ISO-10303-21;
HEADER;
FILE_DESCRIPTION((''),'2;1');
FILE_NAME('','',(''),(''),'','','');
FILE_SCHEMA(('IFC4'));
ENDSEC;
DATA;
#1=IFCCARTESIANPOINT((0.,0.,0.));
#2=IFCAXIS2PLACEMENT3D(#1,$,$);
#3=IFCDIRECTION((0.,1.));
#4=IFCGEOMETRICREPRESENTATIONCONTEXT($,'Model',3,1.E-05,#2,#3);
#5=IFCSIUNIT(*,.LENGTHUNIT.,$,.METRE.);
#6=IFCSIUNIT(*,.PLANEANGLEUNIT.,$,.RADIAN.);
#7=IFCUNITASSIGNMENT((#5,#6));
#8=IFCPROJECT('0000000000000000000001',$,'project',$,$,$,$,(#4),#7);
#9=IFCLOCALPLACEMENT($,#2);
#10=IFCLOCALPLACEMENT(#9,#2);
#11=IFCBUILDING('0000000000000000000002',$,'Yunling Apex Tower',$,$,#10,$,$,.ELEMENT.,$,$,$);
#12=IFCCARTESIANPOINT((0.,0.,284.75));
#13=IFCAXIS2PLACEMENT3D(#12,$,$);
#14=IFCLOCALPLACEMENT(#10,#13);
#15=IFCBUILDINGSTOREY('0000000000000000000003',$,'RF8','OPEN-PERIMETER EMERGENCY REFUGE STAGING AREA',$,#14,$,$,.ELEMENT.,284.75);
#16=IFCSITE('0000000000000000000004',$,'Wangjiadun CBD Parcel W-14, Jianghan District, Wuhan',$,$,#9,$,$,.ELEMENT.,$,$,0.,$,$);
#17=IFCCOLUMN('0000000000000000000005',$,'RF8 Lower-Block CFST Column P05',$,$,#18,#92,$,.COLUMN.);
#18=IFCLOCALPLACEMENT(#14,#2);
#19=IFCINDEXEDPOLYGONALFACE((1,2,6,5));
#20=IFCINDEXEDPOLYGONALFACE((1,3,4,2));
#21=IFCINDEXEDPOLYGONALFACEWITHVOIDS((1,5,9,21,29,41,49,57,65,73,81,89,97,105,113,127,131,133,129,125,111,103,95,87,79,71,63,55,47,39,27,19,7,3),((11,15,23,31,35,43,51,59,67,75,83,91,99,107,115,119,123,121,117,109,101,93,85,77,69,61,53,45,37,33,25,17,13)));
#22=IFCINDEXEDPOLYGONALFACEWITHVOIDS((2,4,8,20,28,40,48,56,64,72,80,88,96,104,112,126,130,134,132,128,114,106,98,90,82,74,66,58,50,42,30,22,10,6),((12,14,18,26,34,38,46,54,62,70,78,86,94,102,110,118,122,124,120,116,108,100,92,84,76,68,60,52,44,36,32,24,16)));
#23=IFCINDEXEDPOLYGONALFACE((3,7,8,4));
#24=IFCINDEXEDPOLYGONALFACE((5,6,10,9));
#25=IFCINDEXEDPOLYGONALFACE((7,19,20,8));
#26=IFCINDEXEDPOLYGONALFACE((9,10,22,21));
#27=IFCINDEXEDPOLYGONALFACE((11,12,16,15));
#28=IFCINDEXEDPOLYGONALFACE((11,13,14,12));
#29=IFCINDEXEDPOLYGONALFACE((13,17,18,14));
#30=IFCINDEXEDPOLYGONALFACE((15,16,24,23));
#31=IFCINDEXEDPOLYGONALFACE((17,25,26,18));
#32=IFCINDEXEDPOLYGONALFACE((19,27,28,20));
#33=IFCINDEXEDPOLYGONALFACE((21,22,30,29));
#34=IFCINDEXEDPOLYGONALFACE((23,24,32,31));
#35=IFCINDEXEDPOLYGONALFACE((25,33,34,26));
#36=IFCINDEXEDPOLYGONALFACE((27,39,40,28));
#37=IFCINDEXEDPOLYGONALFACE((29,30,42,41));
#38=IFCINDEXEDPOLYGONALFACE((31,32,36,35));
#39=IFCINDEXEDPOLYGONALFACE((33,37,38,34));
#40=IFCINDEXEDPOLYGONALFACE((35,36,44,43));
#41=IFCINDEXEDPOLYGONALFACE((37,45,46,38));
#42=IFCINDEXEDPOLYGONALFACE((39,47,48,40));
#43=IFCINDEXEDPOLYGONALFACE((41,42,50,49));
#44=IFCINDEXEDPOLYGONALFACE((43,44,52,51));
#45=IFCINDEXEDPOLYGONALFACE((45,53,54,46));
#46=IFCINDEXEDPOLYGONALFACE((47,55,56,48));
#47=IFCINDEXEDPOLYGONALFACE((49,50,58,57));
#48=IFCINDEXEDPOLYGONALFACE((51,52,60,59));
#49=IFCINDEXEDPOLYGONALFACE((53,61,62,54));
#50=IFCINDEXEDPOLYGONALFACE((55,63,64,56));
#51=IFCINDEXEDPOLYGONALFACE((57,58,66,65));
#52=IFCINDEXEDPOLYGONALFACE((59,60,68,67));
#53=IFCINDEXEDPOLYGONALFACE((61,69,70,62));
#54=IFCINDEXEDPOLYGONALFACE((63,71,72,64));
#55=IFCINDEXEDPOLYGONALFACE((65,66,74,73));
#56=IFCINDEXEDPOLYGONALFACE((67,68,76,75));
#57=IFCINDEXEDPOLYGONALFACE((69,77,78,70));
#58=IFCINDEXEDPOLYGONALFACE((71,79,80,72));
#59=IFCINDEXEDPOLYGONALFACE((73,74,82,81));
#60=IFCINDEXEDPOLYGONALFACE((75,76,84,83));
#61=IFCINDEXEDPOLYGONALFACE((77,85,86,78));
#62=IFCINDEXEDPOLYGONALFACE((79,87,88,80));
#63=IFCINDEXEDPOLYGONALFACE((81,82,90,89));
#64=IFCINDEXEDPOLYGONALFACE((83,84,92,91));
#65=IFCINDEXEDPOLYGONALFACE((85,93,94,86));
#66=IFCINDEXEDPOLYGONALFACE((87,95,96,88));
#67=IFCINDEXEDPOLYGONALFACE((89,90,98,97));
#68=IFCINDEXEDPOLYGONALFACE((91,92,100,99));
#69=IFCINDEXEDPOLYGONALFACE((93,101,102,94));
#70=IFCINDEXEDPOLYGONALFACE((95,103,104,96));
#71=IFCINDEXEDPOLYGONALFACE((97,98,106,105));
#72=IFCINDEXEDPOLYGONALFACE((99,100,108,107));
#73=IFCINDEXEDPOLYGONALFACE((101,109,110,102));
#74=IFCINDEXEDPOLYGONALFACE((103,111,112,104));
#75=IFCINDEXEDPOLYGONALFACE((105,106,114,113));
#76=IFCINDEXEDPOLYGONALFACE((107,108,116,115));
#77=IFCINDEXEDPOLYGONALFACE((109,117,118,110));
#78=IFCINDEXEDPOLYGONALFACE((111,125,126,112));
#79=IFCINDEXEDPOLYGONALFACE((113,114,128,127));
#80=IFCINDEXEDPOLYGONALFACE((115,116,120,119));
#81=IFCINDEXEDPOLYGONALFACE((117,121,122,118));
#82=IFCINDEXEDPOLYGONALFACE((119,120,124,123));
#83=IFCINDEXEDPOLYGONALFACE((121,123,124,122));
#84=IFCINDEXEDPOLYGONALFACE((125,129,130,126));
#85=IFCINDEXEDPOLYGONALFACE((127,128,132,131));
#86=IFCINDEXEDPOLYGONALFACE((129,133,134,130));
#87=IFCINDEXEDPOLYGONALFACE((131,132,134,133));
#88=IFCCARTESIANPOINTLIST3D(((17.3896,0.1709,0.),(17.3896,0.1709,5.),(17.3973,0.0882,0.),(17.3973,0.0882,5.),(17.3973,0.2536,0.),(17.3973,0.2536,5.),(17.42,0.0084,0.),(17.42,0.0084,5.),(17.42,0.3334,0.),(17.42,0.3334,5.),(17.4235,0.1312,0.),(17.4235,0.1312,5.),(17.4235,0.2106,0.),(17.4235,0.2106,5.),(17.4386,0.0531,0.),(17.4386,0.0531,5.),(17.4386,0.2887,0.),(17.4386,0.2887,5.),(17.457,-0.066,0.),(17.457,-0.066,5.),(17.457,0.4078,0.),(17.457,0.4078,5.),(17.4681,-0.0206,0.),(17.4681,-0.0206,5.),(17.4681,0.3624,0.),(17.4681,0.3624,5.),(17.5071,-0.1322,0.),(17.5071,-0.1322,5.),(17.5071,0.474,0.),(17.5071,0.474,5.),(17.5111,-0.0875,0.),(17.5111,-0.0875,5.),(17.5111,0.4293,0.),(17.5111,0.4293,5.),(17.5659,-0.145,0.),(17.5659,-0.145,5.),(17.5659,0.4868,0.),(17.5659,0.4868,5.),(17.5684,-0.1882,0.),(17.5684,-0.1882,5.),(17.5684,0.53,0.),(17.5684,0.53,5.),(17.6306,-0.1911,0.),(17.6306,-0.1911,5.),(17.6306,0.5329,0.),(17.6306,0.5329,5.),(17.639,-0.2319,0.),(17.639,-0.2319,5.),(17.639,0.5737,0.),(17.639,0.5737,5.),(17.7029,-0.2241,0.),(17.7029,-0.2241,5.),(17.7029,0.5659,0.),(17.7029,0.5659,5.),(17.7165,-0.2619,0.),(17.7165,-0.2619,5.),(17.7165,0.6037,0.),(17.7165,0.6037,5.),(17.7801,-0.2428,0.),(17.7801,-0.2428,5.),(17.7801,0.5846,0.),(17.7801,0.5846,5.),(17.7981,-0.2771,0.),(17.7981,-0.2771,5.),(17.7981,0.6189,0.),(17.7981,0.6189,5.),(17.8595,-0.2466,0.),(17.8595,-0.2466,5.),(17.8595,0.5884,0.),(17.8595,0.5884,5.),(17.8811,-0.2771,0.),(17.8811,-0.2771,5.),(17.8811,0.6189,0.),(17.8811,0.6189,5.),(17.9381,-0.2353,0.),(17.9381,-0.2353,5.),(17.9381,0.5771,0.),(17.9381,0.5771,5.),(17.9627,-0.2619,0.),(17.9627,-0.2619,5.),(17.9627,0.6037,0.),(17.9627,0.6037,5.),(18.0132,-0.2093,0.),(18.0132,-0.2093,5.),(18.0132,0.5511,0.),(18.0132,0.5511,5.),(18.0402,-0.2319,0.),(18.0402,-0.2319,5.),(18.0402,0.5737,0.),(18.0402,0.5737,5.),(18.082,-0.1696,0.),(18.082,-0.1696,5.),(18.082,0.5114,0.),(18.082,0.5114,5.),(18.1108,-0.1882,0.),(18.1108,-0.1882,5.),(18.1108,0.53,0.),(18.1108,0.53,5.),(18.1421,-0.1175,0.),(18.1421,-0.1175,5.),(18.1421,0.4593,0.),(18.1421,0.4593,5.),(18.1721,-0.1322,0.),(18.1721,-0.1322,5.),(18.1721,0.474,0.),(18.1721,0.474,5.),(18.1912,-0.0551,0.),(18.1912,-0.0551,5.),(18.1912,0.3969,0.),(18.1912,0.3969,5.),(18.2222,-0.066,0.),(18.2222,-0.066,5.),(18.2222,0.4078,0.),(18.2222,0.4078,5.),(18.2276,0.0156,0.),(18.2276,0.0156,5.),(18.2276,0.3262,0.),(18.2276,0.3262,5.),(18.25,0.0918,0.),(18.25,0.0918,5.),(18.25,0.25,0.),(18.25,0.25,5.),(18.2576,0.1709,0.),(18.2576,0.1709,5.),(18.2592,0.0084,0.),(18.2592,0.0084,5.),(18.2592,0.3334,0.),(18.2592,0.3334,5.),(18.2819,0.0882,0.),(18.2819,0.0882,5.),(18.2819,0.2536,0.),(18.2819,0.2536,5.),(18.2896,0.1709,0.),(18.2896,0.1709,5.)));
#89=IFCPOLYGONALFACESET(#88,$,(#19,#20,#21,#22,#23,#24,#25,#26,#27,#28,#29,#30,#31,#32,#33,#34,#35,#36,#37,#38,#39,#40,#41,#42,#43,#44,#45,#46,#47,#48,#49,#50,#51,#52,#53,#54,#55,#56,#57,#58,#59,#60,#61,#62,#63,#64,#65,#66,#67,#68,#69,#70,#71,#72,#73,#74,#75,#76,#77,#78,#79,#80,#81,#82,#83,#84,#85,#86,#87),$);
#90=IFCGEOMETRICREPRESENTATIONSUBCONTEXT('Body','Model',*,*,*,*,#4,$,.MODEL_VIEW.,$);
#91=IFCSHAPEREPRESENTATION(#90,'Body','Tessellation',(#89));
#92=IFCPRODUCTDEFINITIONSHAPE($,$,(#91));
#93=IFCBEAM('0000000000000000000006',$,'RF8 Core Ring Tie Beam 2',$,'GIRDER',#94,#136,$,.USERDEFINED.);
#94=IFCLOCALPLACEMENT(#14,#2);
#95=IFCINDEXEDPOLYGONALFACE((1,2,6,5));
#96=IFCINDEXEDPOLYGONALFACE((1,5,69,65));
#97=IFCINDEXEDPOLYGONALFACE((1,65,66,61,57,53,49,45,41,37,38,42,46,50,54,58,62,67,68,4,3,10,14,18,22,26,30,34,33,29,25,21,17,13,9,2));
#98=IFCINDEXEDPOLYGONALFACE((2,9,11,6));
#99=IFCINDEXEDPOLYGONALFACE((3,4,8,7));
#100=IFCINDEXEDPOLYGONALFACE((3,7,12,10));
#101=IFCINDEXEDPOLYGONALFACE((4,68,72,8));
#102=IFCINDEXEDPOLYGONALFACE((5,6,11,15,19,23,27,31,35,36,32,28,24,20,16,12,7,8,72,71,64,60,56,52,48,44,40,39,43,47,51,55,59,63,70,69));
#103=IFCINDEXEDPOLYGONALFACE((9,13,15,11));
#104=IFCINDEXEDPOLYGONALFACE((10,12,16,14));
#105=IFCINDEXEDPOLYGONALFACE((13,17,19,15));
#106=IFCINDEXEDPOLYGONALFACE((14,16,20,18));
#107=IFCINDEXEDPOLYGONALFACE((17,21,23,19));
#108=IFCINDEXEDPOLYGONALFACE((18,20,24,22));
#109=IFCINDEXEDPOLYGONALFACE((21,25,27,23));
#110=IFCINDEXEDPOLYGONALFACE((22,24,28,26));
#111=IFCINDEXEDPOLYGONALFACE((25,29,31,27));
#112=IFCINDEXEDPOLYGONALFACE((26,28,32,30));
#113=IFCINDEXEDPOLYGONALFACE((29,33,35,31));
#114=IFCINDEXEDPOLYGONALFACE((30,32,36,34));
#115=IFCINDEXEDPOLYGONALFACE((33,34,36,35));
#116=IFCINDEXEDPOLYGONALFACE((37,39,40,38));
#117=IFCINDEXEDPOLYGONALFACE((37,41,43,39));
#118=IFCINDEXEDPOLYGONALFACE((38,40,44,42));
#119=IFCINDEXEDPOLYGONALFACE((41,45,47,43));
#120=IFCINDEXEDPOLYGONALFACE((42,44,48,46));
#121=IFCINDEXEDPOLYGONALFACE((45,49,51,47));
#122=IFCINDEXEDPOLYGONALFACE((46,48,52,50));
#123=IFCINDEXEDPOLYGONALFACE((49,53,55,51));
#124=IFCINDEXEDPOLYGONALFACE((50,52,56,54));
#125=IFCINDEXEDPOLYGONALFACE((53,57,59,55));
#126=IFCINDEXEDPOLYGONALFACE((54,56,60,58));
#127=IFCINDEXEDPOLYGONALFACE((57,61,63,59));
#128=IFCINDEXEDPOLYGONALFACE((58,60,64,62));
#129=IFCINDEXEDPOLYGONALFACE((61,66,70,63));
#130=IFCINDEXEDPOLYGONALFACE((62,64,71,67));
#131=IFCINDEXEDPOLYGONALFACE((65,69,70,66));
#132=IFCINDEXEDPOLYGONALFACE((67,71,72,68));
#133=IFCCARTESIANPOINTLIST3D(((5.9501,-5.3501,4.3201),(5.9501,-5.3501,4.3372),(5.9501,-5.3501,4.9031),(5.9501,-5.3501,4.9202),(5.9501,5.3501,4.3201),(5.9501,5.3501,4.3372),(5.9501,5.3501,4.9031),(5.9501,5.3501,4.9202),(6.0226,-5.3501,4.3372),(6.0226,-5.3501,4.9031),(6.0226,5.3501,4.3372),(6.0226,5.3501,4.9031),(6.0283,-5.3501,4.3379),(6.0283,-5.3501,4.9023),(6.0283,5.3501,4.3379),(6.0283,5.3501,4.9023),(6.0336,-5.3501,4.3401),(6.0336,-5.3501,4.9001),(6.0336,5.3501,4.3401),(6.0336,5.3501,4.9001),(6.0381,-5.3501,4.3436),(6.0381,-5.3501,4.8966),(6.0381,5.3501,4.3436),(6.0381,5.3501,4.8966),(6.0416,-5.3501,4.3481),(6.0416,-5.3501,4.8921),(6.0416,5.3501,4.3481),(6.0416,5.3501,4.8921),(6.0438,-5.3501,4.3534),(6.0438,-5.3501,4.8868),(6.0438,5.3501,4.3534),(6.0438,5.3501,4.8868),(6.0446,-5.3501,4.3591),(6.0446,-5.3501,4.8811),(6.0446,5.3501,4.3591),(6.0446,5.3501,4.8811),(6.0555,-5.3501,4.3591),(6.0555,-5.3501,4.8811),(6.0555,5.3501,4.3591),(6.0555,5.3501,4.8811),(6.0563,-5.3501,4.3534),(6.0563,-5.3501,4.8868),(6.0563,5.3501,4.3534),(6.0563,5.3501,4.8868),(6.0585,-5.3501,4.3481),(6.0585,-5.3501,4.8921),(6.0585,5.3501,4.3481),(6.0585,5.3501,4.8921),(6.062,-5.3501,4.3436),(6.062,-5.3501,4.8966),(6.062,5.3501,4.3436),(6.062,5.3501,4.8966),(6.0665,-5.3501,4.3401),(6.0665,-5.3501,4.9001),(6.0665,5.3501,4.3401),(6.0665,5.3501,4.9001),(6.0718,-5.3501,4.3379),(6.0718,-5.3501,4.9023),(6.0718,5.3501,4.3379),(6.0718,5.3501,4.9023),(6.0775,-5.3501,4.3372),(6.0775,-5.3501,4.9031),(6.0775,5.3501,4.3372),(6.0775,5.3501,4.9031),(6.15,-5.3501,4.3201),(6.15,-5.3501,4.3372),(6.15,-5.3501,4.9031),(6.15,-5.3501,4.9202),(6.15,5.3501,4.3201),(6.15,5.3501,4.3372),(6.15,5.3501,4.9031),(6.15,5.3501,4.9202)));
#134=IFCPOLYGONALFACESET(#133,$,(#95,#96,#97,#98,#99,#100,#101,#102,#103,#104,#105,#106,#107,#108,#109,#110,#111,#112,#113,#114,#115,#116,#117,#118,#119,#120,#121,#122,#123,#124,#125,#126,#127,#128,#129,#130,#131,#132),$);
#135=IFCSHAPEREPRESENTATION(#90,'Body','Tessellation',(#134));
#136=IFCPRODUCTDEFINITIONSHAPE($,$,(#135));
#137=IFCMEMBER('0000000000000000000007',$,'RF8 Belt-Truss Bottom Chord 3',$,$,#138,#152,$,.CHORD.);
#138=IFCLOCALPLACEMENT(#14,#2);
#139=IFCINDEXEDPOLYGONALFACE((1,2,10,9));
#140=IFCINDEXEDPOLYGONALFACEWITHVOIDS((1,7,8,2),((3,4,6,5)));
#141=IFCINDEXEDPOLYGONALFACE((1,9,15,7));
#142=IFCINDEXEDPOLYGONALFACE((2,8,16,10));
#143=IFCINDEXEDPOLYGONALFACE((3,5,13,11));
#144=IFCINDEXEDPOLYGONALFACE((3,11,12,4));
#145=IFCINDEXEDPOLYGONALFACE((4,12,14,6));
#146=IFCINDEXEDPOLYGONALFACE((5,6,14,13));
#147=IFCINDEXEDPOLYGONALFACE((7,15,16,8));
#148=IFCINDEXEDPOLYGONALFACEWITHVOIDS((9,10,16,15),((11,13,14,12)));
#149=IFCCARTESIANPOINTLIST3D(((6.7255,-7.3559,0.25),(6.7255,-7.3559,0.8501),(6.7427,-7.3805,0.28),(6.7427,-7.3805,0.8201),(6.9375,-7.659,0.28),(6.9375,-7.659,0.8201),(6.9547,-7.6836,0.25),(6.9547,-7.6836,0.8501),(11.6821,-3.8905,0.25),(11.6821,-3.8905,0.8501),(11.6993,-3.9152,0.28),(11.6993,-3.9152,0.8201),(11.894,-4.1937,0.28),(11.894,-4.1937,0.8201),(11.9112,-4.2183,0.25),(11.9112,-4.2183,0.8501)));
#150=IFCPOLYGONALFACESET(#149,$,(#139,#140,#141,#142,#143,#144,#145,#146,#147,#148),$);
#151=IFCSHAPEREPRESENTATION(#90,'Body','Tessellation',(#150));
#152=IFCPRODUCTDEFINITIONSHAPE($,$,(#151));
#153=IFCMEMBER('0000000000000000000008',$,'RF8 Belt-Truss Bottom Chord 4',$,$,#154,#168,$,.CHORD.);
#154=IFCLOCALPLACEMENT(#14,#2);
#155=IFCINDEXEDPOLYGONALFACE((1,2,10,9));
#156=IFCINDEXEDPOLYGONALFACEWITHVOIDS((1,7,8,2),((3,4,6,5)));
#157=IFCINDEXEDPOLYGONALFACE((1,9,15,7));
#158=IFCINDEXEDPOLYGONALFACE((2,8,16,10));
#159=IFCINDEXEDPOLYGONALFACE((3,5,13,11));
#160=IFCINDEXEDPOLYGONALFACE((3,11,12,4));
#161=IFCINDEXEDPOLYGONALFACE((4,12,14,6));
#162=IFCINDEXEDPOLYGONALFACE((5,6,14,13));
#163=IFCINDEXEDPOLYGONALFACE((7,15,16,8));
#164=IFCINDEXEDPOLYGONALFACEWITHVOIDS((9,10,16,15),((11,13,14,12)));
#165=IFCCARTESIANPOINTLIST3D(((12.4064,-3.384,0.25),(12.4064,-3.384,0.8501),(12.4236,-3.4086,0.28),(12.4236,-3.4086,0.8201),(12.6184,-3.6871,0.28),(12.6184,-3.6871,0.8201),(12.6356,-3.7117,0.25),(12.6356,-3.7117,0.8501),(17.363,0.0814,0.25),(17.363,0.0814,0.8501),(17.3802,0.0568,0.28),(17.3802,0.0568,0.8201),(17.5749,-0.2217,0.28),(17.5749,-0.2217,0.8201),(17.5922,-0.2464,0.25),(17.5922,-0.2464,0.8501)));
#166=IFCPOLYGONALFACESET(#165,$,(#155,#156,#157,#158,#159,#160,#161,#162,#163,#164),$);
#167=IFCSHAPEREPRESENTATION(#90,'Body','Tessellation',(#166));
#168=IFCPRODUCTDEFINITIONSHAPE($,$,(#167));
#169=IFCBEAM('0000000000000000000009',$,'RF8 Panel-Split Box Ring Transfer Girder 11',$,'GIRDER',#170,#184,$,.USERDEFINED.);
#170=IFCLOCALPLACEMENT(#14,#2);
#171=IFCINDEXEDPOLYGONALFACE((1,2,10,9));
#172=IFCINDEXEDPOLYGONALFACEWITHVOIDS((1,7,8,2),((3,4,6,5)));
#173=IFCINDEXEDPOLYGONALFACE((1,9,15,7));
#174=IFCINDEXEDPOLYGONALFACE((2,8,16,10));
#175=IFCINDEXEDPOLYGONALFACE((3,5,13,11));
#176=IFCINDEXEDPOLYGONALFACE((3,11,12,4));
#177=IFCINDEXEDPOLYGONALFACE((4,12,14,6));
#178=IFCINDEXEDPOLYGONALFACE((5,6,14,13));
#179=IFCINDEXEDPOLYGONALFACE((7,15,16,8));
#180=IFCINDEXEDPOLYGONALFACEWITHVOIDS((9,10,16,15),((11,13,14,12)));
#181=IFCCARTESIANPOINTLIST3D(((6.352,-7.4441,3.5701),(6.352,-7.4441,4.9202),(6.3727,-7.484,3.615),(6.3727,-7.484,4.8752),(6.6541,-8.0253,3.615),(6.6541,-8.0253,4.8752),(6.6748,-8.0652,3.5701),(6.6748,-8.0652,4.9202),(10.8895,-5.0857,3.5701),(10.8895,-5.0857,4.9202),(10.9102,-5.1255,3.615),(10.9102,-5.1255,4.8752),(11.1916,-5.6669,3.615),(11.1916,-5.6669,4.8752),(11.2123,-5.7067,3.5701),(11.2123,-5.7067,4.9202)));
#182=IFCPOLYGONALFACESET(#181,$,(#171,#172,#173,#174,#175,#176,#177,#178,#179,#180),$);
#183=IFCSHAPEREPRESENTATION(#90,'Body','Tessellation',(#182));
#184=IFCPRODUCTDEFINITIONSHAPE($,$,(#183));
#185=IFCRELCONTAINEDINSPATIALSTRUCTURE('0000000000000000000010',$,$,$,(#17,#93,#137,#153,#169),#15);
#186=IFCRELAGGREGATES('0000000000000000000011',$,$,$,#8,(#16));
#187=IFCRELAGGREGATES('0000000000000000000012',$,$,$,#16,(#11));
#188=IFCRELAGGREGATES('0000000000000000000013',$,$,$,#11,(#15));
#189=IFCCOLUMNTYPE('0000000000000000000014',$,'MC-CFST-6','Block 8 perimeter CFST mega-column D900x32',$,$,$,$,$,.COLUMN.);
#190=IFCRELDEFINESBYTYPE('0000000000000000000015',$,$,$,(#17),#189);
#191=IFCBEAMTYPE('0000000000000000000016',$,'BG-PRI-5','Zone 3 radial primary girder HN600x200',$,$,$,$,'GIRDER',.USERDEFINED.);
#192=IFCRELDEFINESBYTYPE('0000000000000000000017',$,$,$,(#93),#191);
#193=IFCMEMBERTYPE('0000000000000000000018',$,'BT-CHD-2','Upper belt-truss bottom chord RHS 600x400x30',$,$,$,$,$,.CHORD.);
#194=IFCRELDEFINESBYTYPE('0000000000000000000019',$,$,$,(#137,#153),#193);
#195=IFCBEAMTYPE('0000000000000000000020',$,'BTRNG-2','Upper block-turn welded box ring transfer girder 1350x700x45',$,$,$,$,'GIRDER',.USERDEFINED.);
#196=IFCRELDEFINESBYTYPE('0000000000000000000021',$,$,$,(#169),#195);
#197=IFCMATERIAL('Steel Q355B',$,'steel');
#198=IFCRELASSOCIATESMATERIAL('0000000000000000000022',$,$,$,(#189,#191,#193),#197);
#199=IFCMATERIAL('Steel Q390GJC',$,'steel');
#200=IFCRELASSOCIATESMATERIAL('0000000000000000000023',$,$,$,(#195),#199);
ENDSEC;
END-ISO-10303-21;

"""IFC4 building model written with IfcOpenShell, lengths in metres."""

from ifc_helpers import new_model, si_unit, direction, frame, origin, origin_2d, place, context, subcontext, project, spatial, hollow_rectangle, hollow_circle, i_section, extrude, source, transform, mapped, material, material_profile, profile_set, type_object, element, save


model = new_model("IFC4")

# Units and contexts
model_context = context("Model", 3, precision=1e-05, world=origin(), true_north=direction((0.0, 1.0)))
body_context = subcontext(model_context, "Body", "Model", "MODEL_VIEW")
ifc_project = project(units=[si_unit("LENGTHUNIT", "METRE"), si_unit("PLANEANGLEUNIT", "RADIAN")], contexts=[model_context])

# Site, building, storey
site_placement = place(None, origin())
site = spatial("IfcSite", under=ifc_project, at=site_placement, Name="Wangjiadun CBD Parcel W-14, Jianghan District, Wuhan", CompositionType="ELEMENT", RefElevation=0.0)
building_placement = place(site_placement, origin())
building = spatial("IfcBuilding", under=site, at=building_placement, Name="Yunling Apex Tower", CompositionType="ELEMENT")
storey_placement = place(building_placement, frame((0.0, 0.0, 284.75)))
storey = spatial("IfcBuildingStorey", under=building, at=storey_placement, Name="RF8", Description="OPEN-PERIMETER EMERGENCY REFUGE STAGING AREA", CompositionType="ELEMENT", Elevation=284.75)

# Column
ifc_material_1 = material(Name="Steel Q355B", Category="steel")
ifc_material_profile_1 = material_profile(ifc_material_1, hollow_circle(Radius=0.45, WallThickness=0.032, at=origin_2d()))
ifc_profile_set_1 = profile_set([ifc_material_profile_1], Name="Steel Q355B")
column_type_1 = type_object("IfcColumnType", Name="MC-CFST-6", Description="Block 8 perimeter CFST mega-column D900x32", PredefinedType="COLUMN", material=ifc_profile_set_1)
shared_shape_1 = source(origin(), body_context, "Body", "SweptSolid", [
    extrude(hollow_circle(Radius=0.45, WallThickness=0.032, at=origin_2d()), origin(), (0.0, 0.0, 1.0), 5.0),
])
for number, where, z_axis, x_axis, name in (
    (1, (17.8396, 0.1709, 0.0), (0.0, 0.0, 1.0), (1.0, 0.0, 0.0), "RF8 Lower-Block CFST Column P05"),
):
    element("IfcColumn", number, at=place(storey_placement, frame(where, z_axis=z_axis, x_axis=x_axis)), inside=storey, type_object=column_type_1, Name=name, PredefinedType="COLUMN", context=body_context, shape_type="MappedRepresentation", body=[
        mapped(shared_shape_1, transform((0.0, 0.0, 0.0), scale=1.0)),
    ])

# Beam
ifc_material_profile_2 = material_profile(ifc_material_1, i_section(OverallWidth=0.2, OverallDepth=0.6001, WebThickness=0.011, FlangeThickness=0.0171, FilletRadius=0.022, at=origin_2d()))
ifc_profile_set_2 = profile_set([ifc_material_profile_2], Name="Steel Q355B")
beam_type_1 = type_object("IfcBeamType", Name="BG-PRI-5", Description="Zone 3 radial primary girder HN600x200", ElementType="GIRDER", PredefinedType="USERDEFINED", material=ifc_profile_set_2)
shared_shape_2 = source(origin(), body_context, "Body", "SweptSolid", [
    extrude(i_section(OverallWidth=0.2, OverallDepth=0.6001, WebThickness=0.011, FlangeThickness=0.0171, FilletRadius=0.022, at=origin_2d()), origin(), (0.0, 0.0, 1.0), 10.7002),
])
beam_1_placement = place(storey_placement, frame((6.05, -5.3501, 4.6201), z_axis=(0.0, 1.0, 0.0), x_axis=(-1.0, 0.0, 0.0)))
element("IfcBeam", 2, at=beam_1_placement, inside=storey, type_object=beam_type_1, Name="RF8 Core Ring Tie Beam 2", ObjectType="GIRDER", PredefinedType="USERDEFINED", context=body_context, shape_type="MappedRepresentation", body=[
    mapped(shared_shape_2, transform((0.0, 0.0, 0.0), scale=1.0)),
])

# Members
ifc_material_profile_3 = material_profile(ifc_material_1, hollow_rectangle(XDim=0.3999, YDim=0.6001, WallThickness=0.03, at=origin_2d()))
ifc_profile_set_3 = profile_set([ifc_material_profile_3], Name="Steel Q355B")
member_type_1 = type_object("IfcMemberType", Name="BT-CHD-2", Description="Upper belt-truss bottom chord RHS 600x400x30", PredefinedType="CHORD", material=ifc_profile_set_3)
shared_shape_3 = source(origin(), body_context, "Body", "SweptSolid", [
    extrude(hollow_rectangle(XDim=0.3999, YDim=0.6001, WallThickness=0.03, at=origin_2d()), origin(), (0.0, 0.0, 1.0), 6.0479),
])
for number, where, z_axis, x_axis, name in (
    (3, (6.8401, -7.5198, 0.55), (0.819562, 0.572991, 0.0), (-0.572991, 0.819562, 0.0), "RF8 Belt-Truss Bottom Chord 3"),
    (4, (12.521, -3.5479, 0.55), (0.819562, 0.572991, 0.0), (-0.572991, 0.819562, 0.0), "RF8 Belt-Truss Bottom Chord 4"),
):
    element("IfcMember", number, at=place(storey_placement, frame(where, z_axis=z_axis, x_axis=x_axis)), inside=storey, type_object=member_type_1, Name=name, PredefinedType="CHORD", context=body_context, shape_type="MappedRepresentation", body=[
        mapped(shared_shape_3, transform((0.0, 0.0, 0.0), scale=1.0)),
    ])

# Beam
ifc_material_2 = material(Name="Steel Q390GJC", Category="steel")
ifc_material_profile_4 = material_profile(ifc_material_2, hollow_rectangle(XDim=0.7, YDim=1.3501, WallThickness=0.0449, at=origin_2d()))
ifc_profile_set_4 = profile_set([ifc_material_profile_4], Name="Steel Q390GJC")
beam_type_2 = type_object("IfcBeamType", Name="BTRNG-2", Description="Upper block-turn welded box ring transfer girder 1350x700x45", ElementType="GIRDER", PredefinedType="USERDEFINED", material=ifc_profile_set_4)
shared_shape_4 = source(origin(), body_context, "Body", "SweptSolid", [
    extrude(hollow_rectangle(XDim=0.7, YDim=1.3501, WallThickness=0.0449, at=origin_2d()), origin(), (0.0, 0.0, 1.0), 5.1138),
])
beam_2_placement = place(storey_placement, frame((6.5134, -7.7546, 4.2451), z_axis=(0.887299, 0.461195, 0.0), x_axis=(-0.461195, 0.887299, 0.0)))
element("IfcBeam", 5, at=beam_2_placement, inside=storey, type_object=beam_type_2, Name="RF8 Panel-Split Box Ring Transfer Girder 11", ObjectType="GIRDER", PredefinedType="USERDEFINED", context=body_context, shape_type="MappedRepresentation", body=[
    mapped(shared_shape_4, transform((0.0, 0.0, 0.0), scale=1.0)),
])

save(model, "model.ifc")
